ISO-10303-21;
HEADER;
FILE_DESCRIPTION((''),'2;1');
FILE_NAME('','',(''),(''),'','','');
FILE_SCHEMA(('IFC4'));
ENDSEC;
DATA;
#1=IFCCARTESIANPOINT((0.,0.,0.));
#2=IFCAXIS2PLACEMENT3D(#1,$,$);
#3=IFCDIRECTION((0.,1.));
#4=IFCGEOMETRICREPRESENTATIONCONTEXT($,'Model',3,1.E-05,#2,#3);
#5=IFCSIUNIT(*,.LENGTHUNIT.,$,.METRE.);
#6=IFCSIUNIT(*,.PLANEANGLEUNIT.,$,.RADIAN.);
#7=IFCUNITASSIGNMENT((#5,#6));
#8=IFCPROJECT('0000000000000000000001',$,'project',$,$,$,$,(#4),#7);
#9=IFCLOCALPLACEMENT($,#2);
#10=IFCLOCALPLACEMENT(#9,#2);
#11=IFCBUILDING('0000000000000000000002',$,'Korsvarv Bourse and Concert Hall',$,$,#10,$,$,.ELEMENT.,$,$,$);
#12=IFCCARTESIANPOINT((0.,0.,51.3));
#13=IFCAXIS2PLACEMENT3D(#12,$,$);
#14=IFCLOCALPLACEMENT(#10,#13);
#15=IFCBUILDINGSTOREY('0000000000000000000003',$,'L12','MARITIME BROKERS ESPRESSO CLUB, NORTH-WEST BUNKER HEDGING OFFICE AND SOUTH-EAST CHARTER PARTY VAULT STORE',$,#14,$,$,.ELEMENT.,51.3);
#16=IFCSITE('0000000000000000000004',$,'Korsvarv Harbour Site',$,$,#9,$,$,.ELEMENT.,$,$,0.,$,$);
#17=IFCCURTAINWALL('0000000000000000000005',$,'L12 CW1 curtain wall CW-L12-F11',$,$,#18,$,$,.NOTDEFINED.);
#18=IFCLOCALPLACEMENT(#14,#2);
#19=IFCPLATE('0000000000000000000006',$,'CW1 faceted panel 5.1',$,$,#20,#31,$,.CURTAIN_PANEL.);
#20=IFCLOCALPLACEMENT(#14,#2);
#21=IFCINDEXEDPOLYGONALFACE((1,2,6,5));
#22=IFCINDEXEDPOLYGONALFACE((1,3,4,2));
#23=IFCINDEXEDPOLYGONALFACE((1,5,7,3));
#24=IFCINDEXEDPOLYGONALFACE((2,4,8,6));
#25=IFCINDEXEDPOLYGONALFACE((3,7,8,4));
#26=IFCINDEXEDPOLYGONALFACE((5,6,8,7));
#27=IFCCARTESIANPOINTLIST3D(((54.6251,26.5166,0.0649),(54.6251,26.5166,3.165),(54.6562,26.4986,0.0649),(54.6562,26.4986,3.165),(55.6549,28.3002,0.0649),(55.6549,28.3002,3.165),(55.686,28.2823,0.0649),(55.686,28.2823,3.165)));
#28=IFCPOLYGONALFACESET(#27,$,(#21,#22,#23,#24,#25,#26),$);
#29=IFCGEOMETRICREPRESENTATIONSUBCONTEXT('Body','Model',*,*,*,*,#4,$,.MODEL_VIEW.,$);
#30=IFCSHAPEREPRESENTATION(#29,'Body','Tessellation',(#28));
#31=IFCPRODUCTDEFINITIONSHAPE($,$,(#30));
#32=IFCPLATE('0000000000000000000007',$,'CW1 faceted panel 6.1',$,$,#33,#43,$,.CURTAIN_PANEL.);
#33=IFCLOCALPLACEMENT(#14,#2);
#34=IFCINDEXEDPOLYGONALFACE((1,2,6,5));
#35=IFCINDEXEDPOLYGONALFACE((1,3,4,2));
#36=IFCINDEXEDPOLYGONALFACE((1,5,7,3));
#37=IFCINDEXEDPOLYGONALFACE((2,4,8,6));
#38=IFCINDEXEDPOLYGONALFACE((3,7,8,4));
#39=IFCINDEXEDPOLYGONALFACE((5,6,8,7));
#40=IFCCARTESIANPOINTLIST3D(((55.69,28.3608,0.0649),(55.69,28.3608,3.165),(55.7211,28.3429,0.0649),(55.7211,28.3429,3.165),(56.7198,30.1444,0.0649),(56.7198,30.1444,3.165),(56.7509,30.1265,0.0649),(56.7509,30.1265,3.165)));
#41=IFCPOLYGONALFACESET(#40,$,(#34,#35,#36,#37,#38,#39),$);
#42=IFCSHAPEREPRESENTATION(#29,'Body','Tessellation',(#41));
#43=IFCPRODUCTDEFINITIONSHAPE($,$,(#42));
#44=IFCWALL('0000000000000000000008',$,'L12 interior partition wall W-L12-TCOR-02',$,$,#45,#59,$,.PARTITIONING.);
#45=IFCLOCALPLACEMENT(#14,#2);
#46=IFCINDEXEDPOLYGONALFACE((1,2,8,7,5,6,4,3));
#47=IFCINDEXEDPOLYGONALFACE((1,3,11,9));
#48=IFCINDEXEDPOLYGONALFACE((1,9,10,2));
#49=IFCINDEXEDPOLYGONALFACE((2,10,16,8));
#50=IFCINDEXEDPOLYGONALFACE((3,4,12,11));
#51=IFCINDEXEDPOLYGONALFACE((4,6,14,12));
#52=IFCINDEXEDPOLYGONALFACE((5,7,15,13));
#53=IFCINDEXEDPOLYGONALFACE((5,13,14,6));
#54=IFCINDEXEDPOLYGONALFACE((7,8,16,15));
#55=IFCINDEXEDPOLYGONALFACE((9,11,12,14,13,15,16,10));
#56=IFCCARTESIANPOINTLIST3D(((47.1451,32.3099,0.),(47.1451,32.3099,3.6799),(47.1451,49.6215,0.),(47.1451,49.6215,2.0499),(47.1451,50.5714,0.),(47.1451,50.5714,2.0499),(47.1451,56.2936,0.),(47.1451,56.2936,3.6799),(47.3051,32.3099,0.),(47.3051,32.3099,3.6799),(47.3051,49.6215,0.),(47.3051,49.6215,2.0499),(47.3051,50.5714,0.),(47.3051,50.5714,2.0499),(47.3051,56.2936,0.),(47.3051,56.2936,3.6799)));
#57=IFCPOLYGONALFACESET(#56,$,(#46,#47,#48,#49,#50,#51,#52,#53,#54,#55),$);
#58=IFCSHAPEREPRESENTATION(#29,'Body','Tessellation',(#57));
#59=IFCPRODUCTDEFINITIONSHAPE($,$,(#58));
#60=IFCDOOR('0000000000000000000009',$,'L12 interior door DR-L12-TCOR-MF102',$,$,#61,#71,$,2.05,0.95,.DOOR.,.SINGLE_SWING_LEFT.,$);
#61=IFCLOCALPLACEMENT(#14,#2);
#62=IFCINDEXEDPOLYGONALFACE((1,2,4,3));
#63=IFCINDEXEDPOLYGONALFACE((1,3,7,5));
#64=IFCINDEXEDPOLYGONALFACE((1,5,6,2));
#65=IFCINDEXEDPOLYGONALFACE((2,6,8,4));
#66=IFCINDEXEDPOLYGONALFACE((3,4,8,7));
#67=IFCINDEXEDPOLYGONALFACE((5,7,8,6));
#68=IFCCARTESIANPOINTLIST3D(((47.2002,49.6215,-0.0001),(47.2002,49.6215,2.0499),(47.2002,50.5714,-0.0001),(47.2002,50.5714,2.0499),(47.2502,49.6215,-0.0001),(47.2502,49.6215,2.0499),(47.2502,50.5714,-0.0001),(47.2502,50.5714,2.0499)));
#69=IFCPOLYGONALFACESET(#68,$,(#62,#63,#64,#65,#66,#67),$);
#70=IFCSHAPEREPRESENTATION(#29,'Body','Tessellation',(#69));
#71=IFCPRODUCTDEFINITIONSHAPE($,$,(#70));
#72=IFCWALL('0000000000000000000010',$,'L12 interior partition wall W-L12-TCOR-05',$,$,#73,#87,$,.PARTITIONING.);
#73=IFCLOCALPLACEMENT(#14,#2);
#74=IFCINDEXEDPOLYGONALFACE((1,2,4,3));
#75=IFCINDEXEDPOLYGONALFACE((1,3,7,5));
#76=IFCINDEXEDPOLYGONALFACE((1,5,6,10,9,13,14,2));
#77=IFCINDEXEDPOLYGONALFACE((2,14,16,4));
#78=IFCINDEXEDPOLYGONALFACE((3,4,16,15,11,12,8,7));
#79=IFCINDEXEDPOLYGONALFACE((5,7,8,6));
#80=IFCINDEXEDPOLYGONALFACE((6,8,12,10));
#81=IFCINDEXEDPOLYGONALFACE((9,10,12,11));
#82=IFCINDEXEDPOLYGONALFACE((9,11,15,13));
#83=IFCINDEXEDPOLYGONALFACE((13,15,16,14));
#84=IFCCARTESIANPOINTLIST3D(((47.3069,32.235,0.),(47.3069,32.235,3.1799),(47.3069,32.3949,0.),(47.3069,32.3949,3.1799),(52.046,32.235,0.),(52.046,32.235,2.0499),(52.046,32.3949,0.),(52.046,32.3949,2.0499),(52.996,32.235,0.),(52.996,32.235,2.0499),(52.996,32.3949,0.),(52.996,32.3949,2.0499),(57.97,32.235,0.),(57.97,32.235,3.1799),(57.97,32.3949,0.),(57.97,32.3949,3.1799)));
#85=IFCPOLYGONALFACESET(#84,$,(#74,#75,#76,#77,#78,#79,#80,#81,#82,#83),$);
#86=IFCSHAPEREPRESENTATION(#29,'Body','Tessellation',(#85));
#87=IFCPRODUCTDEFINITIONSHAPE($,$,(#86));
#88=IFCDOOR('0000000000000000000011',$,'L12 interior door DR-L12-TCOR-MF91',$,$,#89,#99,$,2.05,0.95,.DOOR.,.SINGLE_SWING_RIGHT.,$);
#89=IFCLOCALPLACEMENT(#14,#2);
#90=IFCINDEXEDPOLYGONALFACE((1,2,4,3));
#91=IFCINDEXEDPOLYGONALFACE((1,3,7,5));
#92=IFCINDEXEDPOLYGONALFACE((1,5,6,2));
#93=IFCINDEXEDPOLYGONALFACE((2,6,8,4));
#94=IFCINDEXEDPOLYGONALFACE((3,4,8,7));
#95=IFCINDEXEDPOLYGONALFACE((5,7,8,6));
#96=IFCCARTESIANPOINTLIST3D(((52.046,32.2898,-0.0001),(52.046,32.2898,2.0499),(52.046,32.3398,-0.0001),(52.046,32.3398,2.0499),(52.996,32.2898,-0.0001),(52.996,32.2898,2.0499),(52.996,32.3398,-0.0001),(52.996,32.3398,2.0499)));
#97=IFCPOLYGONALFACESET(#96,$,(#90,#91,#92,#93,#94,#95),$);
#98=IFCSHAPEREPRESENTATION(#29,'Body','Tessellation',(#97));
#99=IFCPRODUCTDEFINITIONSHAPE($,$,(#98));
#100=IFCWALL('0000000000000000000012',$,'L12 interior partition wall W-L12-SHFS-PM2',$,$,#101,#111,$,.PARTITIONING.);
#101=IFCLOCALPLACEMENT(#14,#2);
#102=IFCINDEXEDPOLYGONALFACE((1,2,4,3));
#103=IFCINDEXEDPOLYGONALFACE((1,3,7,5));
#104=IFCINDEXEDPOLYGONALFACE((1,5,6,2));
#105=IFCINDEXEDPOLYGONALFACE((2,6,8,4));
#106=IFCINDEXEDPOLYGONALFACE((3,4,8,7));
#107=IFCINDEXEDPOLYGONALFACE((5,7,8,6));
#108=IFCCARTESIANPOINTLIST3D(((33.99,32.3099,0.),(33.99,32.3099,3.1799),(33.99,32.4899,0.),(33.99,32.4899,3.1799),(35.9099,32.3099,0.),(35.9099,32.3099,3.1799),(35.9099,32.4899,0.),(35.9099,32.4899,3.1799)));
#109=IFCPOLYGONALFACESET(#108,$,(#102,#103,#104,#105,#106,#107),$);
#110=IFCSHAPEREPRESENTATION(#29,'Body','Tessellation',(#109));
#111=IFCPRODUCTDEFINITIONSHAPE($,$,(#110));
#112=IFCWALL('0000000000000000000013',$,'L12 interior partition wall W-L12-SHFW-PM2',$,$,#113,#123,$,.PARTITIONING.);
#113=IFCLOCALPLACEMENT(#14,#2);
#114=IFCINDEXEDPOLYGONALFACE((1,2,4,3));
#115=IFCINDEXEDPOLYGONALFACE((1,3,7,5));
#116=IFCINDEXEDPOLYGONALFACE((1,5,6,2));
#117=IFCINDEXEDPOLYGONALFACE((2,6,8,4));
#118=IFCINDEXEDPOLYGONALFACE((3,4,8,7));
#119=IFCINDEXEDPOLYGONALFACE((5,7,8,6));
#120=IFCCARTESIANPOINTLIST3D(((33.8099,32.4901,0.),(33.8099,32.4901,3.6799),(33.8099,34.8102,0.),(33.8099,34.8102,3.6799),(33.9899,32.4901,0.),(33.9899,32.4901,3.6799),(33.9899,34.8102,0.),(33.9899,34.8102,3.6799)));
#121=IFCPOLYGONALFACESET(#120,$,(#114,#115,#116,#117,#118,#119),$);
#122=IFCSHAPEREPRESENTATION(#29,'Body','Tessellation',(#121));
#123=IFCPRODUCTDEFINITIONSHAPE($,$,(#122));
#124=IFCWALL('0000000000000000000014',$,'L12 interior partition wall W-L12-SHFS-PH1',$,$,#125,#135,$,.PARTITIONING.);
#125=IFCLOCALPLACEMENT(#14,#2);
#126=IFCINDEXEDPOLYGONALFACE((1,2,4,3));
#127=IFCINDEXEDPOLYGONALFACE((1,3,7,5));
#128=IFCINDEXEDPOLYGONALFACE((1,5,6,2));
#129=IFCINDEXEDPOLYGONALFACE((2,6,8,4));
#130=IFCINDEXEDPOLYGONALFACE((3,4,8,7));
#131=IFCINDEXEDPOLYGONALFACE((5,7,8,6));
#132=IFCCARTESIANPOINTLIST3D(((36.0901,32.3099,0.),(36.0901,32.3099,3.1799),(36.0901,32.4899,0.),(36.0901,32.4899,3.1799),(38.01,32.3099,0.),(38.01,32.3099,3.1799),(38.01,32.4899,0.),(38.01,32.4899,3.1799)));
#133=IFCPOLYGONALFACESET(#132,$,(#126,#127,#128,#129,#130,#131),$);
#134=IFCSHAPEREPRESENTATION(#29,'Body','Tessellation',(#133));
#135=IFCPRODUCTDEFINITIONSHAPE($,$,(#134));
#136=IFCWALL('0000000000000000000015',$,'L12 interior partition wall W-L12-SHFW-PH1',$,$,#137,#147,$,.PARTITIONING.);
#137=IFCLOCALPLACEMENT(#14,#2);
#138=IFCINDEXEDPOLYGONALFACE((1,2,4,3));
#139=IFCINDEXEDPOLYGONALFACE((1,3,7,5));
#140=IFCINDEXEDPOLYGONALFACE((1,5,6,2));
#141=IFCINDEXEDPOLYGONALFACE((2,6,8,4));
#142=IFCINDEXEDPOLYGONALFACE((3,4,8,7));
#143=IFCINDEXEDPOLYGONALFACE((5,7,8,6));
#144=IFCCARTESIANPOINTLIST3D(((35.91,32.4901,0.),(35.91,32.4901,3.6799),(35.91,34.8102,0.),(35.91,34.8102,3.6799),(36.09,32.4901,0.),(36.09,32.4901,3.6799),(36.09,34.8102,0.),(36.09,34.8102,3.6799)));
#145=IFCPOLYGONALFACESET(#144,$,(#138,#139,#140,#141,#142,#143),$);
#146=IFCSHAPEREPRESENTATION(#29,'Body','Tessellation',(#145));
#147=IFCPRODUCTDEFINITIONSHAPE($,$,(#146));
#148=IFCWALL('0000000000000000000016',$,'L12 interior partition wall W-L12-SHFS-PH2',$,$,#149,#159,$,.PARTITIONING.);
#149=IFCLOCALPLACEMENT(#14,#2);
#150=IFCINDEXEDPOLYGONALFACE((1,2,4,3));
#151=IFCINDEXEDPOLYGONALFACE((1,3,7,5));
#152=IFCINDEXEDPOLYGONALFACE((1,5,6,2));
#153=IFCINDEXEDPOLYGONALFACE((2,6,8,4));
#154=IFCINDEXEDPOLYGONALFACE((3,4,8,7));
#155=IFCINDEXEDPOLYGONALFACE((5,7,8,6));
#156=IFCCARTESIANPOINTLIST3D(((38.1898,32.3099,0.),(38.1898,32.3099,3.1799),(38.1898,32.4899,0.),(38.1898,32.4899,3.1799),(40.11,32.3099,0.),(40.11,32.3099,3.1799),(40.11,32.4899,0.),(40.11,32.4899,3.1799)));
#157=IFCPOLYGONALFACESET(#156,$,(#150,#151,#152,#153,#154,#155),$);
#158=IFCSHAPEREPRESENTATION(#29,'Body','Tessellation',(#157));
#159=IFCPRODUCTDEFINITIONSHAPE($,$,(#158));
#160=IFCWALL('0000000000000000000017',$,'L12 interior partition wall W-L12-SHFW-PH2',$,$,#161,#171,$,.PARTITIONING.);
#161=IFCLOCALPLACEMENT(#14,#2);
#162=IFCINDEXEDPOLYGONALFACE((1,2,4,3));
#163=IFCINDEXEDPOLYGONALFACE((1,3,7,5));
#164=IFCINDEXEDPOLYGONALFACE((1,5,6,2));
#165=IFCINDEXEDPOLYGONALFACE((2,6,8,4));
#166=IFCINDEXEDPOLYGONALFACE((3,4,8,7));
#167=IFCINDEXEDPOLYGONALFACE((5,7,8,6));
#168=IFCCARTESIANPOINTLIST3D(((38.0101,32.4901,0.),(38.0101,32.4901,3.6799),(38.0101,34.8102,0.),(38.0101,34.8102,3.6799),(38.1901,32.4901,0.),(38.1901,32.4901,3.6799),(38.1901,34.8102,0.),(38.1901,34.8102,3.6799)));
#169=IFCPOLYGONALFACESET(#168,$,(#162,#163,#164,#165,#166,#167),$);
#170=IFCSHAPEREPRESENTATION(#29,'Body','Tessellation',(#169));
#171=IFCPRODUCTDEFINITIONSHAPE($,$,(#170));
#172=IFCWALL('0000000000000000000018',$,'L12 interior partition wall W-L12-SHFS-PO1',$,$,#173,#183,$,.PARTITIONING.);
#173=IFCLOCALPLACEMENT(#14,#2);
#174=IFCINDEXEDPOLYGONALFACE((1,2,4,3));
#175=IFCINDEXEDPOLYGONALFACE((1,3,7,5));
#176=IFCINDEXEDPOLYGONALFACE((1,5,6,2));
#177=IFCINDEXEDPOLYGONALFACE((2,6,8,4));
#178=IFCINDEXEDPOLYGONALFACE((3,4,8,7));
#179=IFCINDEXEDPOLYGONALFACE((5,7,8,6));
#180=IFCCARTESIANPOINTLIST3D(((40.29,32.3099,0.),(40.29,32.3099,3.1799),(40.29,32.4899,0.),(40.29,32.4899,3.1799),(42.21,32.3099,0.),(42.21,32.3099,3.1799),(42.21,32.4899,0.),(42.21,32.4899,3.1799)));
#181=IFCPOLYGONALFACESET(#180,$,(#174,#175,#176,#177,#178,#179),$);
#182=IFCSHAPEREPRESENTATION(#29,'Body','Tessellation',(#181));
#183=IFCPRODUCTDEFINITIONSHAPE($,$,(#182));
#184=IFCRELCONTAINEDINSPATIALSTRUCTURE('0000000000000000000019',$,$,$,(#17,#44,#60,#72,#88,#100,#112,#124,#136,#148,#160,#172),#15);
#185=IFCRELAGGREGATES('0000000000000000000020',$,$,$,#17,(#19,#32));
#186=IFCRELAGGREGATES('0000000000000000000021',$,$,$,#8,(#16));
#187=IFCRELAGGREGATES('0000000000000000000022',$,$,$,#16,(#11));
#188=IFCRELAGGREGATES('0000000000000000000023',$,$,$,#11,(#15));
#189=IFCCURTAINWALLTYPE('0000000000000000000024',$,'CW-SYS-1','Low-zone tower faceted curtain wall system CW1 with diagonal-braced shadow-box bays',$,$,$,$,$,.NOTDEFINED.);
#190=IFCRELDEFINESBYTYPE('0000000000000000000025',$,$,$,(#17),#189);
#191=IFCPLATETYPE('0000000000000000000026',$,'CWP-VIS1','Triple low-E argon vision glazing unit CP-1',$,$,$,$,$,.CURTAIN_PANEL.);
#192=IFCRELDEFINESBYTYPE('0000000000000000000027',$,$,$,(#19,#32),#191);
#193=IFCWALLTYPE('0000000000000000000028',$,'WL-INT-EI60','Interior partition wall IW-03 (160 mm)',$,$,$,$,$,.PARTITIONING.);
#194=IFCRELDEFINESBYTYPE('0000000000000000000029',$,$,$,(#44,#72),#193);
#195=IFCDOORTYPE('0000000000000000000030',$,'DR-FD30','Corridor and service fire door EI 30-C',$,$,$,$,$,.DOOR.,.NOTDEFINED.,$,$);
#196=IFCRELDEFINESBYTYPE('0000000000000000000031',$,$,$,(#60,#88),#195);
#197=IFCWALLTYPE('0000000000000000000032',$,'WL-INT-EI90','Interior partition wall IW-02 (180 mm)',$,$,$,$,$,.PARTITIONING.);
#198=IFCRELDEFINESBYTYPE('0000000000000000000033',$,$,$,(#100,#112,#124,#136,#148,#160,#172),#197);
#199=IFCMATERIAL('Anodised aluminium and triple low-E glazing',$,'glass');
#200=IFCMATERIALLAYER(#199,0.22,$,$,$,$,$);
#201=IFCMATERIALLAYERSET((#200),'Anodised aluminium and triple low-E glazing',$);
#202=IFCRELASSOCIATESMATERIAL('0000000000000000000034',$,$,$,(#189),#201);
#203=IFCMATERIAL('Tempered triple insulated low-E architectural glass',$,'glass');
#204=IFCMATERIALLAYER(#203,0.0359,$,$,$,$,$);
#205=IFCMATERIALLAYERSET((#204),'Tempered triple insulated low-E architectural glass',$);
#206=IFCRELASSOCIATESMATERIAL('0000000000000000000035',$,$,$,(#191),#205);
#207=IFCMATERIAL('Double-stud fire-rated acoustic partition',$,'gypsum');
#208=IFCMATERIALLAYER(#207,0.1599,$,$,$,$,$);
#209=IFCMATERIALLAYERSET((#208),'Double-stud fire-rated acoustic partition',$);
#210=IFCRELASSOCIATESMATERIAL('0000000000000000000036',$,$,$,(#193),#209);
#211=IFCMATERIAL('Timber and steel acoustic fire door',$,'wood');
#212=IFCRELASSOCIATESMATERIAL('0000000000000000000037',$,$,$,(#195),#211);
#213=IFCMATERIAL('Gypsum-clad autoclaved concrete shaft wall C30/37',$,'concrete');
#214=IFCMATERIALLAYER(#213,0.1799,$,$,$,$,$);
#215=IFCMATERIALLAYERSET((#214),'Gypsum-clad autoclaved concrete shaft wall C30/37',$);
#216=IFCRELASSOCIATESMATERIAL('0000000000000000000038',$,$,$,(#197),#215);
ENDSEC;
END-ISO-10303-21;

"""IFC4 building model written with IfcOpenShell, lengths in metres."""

from ifc_helpers import new_model, si_unit, direction, frame, frame_2d, origin, origin_2d, place, context, subcontext, project, spatial, rectangle, extrude, source, transform, mapped, material, layer, layer_set, type_object, element, fill, aggregate, save


model = new_model("IFC4")

# Units and contexts
model_context = context("Model", 3, precision=1e-05, world=origin(), true_north=direction((0.0, 1.0)))
body_context = subcontext(model_context, "Body", "Model", "MODEL_VIEW")
ifc_project = project(units=[si_unit("LENGTHUNIT", "METRE"), si_unit("PLANEANGLEUNIT", "RADIAN")], contexts=[model_context])

# Site, building, storey
site_placement = place(None, origin())
site = spatial("IfcSite", under=ifc_project, at=site_placement, Name="Korsvarv Harbour Site", CompositionType="ELEMENT", RefElevation=0.0)
building_placement = place(site_placement, origin())
building = spatial("IfcBuilding", under=site, at=building_placement, Name="Korsvarv Bourse and Concert Hall", CompositionType="ELEMENT")
storey_placement = place(building_placement, frame((0.0, 0.0, 51.3)))
storey = spatial("IfcBuildingStorey", under=building, at=storey_placement, Name="L12", Description="MARITIME BROKERS ESPRESSO CLUB, NORTH-WEST BUNKER HEDGING OFFICE AND SOUTH-EAST CHARTER PARTY VAULT STORE", CompositionType="ELEMENT", Elevation=51.3)

# Curtain wall, plates
ifc_material_1 = material(Name="Anodised aluminium and triple low-E glazing", Category="glass")
ifc_layer_1 = layer(ifc_material_1, 0.22)
ifc_layer_set_1 = layer_set([ifc_layer_1], Name="Anodised aluminium and triple low-E glazing")
curtain_wall_type = type_object("IfcCurtainWallType", Name="CW-SYS-1", Description="Low-zone tower faceted curtain wall system CW1 with diagonal-braced shadow-box bays", PredefinedType="NOTDEFINED", material=ifc_layer_set_1)
curtain_wall_placement = place(storey_placement, origin())
curtain_wall = element("IfcCurtainWall", 1, at=curtain_wall_placement, inside=storey, type_object=curtain_wall_type, Name="L12 CW1 curtain wall CW-L12-F11", PredefinedType="NOTDEFINED")
ifc_material_2 = material(Name="Tempered triple insulated low-E architectural glass", Category="glass")
ifc_layer_2 = layer(ifc_material_2, 0.0359)
ifc_layer_set_2 = layer_set([ifc_layer_2], Name="Tempered triple insulated low-E architectural glass")
plate_type_1 = type_object("IfcPlateType", Name="CWP-VIS1", Description="Triple low-E argon vision glazing unit CP-1", PredefinedType="CURTAIN_PANEL", material=ifc_layer_set_2)
shared_shape_1 = source(origin(), body_context, "Body", "SweptSolid", [
    extrude(rectangle(XDim=2.0596, YDim=0.0359, at=origin_2d()), origin(), (0.0, 0.0, 1.0), 3.1001),
])
plate_1_placement = place(storey_placement, frame((55.1555, 27.3994, 0.0649), z_axis=(0.0, 0.0, 1.0), x_axis=(0.5, 0.866025, 0.0)))
plate_1 = element("IfcPlate", 2, at=plate_1_placement, type_object=plate_type_1, Name="CW1 faceted panel 5.1", PredefinedType="CURTAIN_PANEL", context=body_context, shape_type="MappedRepresentation", body=[
    mapped(shared_shape_1, transform((0.0, 0.0, 0.0), scale=1.0)),
])
plate_2_placement = place(storey_placement, frame((56.2205, 29.2437, 0.0649), z_axis=(0.0, 0.0, 1.0), x_axis=(0.5, 0.866025, 0.0)))
plate_2 = element("IfcPlate", 3, at=plate_2_placement, type_object=plate_type_1, Name="CW1 faceted panel 6.1", PredefinedType="CURTAIN_PANEL", context=body_context, shape_type="MappedRepresentation", body=[
    mapped(shared_shape_1, transform((0.0, 0.0, 0.0), scale=1.0)),
])
aggregate(curtain_wall, [plate_1, plate_2])

# Walls, openings, doors
ifc_material_3 = material(Name="Double-stud fire-rated acoustic partition", Category="gypsum")
ifc_layer_3 = layer(ifc_material_3, 0.1599)
ifc_layer_set_3 = layer_set([ifc_layer_3], Name="Double-stud fire-rated acoustic partition")
wall_type_1 = type_object("IfcWallType", Name="WL-INT-EI60", Description="Interior partition wall IW-03 (160 mm)", PredefinedType="PARTITIONING", material=ifc_layer_set_3)
wall_1_placement = place(storey_placement, frame((47.2251, 32.3101, 0.0), z_axis=(0.0, 0.0, 1.0), x_axis=(0.0, 1.0, 0.0)))
wall_1 = element("IfcWall", 4, at=wall_1_placement, inside=storey, type_object=wall_type_1, Name="L12 interior partition wall W-L12-TCOR-02", PredefinedType="PARTITIONING", context=body_context, shape_type="SweptSolid", body=[
    extrude(rectangle(XDim=23.9836, YDim=0.1599, at=frame_2d((11.9917, 0.0))), origin(), (0.0, 0.0, 1.0), 3.6799),
])
opening_1_placement = place(wall_1_placement, frame((17.3113, 0.0, 0.0)))
opening_1 = element("IfcOpeningElement", 5, at=opening_1_placement, cuts=wall_1, PredefinedType="OPENING", context=body_context, shape_type="SweptSolid", body=[
    extrude(rectangle(XDim=0.95, YDim=2.05, at=frame_2d((0.4751, 1.0249))), frame((0.0, 0.0898, 0.0), z_axis=(0.0, -1.0, 0.0), x_axis=(1.0, 0.0, 0.0)), (0.0, 0.0, 1.0), 0.1799),
])
ifc_material_4 = material(Name="Timber and steel acoustic fire door", Category="wood")
door_type = type_object("IfcDoorType", Name="DR-FD30", Description="Corridor and service fire door EI 30-C", OperationType="NOTDEFINED", PredefinedType="DOOR", material=ifc_material_4)
door_1_placement = place(opening_1_placement, origin())
door_1 = element("IfcDoor", 6, at=door_1_placement, inside=storey, type_object=door_type, Name="L12 interior door DR-L12-TCOR-MF102", OperationType="SINGLE_SWING_LEFT", OverallHeight=2.05, OverallWidth=0.95, PredefinedType="DOOR", context=body_context, shape_type="SweptSolid", body=[
    extrude(rectangle(XDim=0.95, YDim=2.05, at=frame_2d((0.4751, 1.0249))), frame((0.0, 0.0249, 0.0), z_axis=(0.0, -1.0, 0.0), x_axis=(1.0, 0.0, 0.0)), (0.0, 0.0, 1.0), 0.05),
])
fill(opening_1, door_1)
wall_2_placement = place(storey_placement, frame((47.3069, 32.3149, 0.0), z_axis=(0.0, 0.0, 1.0), x_axis=(1.0, 0.0, 0.0)))
wall_2 = element("IfcWall", 7, at=wall_2_placement, inside=storey, type_object=wall_type_1, Name="L12 interior partition wall W-L12-TCOR-05", PredefinedType="PARTITIONING", context=body_context, shape_type="SweptSolid", body=[
    extrude(rectangle(XDim=10.6631, YDim=0.1599, at=frame_2d((5.3315, 0.0))), origin(), (0.0, 0.0, 1.0), 3.1799),
])
opening_2_placement = place(wall_2_placement, frame((4.739, 0.0, 0.0)))
opening_2 = element("IfcOpeningElement", 8, at=opening_2_placement, cuts=wall_2, PredefinedType="OPENING", context=body_context, shape_type="SweptSolid", body=[
    extrude(rectangle(XDim=0.95, YDim=2.05, at=frame_2d((0.4751, 1.0249))), frame((0.0, 0.0898, 0.0), z_axis=(0.0, -1.0, 0.0), x_axis=(1.0, 0.0, 0.0)), (0.0, 0.0, 1.0), 0.1799),
])
door_2_placement = place(opening_2_placement, origin())
door_2 = element("IfcDoor", 9, at=door_2_placement, inside=storey, type_object=door_type, Name="L12 interior door DR-L12-TCOR-MF91", OperationType="SINGLE_SWING_RIGHT", OverallHeight=2.05, OverallWidth=0.95, PredefinedType="DOOR", context=body_context, shape_type="SweptSolid", body=[
    extrude(rectangle(XDim=0.95, YDim=2.05, at=frame_2d((0.4751, 1.0249))), frame((0.0, 0.0249, 0.0), z_axis=(0.0, -1.0, 0.0), x_axis=(1.0, 0.0, 0.0)), (0.0, 0.0, 1.0), 0.05),
])
fill(opening_2, door_2)

# Walls
ifc_material_5 = material(Name="Gypsum-clad autoclaved concrete shaft wall C30/37", Category="concrete")
ifc_layer_4 = layer(ifc_material_5, 0.1799)
ifc_layer_set_4 = layer_set([ifc_layer_4], Name="Gypsum-clad autoclaved concrete shaft wall C30/37")
wall_type_2 = type_object("IfcWallType", Name="WL-INT-EI90", Description="Interior partition wall IW-02 (180 mm)", PredefinedType="PARTITIONING", material=ifc_layer_set_4)
wall_3_placement = place(storey_placement, frame((33.99, 32.3999, 0.0), z_axis=(0.0, 0.0, 1.0), x_axis=(1.0, 0.0, 0.0)))
element("IfcWall", 10, at=wall_3_placement, inside=storey, type_object=wall_type_2, Name="L12 interior partition wall W-L12-SHFS-PM2", PredefinedType="PARTITIONING", context=body_context, shape_type="SweptSolid", body=[
    extrude(rectangle(XDim=1.9199, YDim=0.1799, at=frame_2d((0.96, 0.0))), origin(), (0.0, 0.0, 1.0), 3.1799),
])
wall_4_placement = place(storey_placement, frame((33.8999, 32.49, 0.0), z_axis=(0.0, 0.0, 1.0), x_axis=(0.0, 1.0, 0.0)))
element("IfcWall", 11, at=wall_4_placement, inside=storey, type_object=wall_type_2, Name="L12 interior partition wall W-L12-SHFW-PM2", PredefinedType="PARTITIONING", context=body_context, shape_type="SweptSolid", body=[
    extrude(rectangle(XDim=2.3201, YDim=0.1799, at=frame_2d((1.1602, 0.0))), origin(), (0.0, 0.0, 1.0), 3.6799),
])
wall_5_placement = place(storey_placement, frame((36.0901, 32.3999, 0.0), z_axis=(0.0, 0.0, 1.0), x_axis=(1.0, 0.0, 0.0)))
element("IfcWall", 12, at=wall_5_placement, inside=storey, type_object=wall_type_2, Name="L12 interior partition wall W-L12-SHFS-PH1", PredefinedType="PARTITIONING", context=body_context, shape_type="SweptSolid", body=[
    extrude(rectangle(XDim=1.9199, YDim=0.1799, at=frame_2d((0.96, 0.0))), origin(), (0.0, 0.0, 1.0), 3.1799),
])
wall_6_placement = place(storey_placement, frame((36.0, 32.49, 0.0), z_axis=(0.0, 0.0, 1.0), x_axis=(0.0, 1.0, 0.0)))
element("IfcWall", 13, at=wall_6_placement, inside=storey, type_object=wall_type_2, Name="L12 interior partition wall W-L12-SHFW-PH1", PredefinedType="PARTITIONING", context=body_context, shape_type="SweptSolid", body=[
    extrude(rectangle(XDim=2.3201, YDim=0.1799, at=frame_2d((1.1602, 0.0))), origin(), (0.0, 0.0, 1.0), 3.6799),
])
wall_7_placement = place(storey_placement, frame((38.1899, 32.3999, 0.0), z_axis=(0.0, 0.0, 1.0), x_axis=(1.0, 0.0, 0.0)))
element("IfcWall", 14, at=wall_7_placement, inside=storey, type_object=wall_type_2, Name="L12 interior partition wall W-L12-SHFS-PH2", PredefinedType="PARTITIONING", context=body_context, shape_type="SweptSolid", body=[
    extrude(rectangle(XDim=1.9202, YDim=0.1799, at=frame_2d((0.96, 0.0))), origin(), (0.0, 0.0, 1.0), 3.1799),
])
wall_8_placement = place(storey_placement, frame((38.1001, 32.49, 0.0), z_axis=(0.0, 0.0, 1.0), x_axis=(0.0, 1.0, 0.0)))
element("IfcWall", 15, at=wall_8_placement, inside=storey, type_object=wall_type_2, Name="L12 interior partition wall W-L12-SHFW-PH2", PredefinedType="PARTITIONING", context=body_context, shape_type="SweptSolid", body=[
    extrude(rectangle(XDim=2.3201, YDim=0.1799, at=frame_2d((1.1602, 0.0))), origin(), (0.0, 0.0, 1.0), 3.6799),
])
wall_9_placement = place(storey_placement, frame((40.29, 32.3999, 0.0), z_axis=(0.0, 0.0, 1.0), x_axis=(1.0, 0.0, 0.0)))
element("IfcWall", 16, at=wall_9_placement, inside=storey, type_object=wall_type_2, Name="L12 interior partition wall W-L12-SHFS-PO1", PredefinedType="PARTITIONING", context=body_context, shape_type="SweptSolid", body=[
    extrude(rectangle(XDim=1.9199, YDim=0.1799, at=frame_2d((0.96, 0.0))), origin(), (0.0, 0.0, 1.0), 3.1799),
])

save(model, "model.ifc")
